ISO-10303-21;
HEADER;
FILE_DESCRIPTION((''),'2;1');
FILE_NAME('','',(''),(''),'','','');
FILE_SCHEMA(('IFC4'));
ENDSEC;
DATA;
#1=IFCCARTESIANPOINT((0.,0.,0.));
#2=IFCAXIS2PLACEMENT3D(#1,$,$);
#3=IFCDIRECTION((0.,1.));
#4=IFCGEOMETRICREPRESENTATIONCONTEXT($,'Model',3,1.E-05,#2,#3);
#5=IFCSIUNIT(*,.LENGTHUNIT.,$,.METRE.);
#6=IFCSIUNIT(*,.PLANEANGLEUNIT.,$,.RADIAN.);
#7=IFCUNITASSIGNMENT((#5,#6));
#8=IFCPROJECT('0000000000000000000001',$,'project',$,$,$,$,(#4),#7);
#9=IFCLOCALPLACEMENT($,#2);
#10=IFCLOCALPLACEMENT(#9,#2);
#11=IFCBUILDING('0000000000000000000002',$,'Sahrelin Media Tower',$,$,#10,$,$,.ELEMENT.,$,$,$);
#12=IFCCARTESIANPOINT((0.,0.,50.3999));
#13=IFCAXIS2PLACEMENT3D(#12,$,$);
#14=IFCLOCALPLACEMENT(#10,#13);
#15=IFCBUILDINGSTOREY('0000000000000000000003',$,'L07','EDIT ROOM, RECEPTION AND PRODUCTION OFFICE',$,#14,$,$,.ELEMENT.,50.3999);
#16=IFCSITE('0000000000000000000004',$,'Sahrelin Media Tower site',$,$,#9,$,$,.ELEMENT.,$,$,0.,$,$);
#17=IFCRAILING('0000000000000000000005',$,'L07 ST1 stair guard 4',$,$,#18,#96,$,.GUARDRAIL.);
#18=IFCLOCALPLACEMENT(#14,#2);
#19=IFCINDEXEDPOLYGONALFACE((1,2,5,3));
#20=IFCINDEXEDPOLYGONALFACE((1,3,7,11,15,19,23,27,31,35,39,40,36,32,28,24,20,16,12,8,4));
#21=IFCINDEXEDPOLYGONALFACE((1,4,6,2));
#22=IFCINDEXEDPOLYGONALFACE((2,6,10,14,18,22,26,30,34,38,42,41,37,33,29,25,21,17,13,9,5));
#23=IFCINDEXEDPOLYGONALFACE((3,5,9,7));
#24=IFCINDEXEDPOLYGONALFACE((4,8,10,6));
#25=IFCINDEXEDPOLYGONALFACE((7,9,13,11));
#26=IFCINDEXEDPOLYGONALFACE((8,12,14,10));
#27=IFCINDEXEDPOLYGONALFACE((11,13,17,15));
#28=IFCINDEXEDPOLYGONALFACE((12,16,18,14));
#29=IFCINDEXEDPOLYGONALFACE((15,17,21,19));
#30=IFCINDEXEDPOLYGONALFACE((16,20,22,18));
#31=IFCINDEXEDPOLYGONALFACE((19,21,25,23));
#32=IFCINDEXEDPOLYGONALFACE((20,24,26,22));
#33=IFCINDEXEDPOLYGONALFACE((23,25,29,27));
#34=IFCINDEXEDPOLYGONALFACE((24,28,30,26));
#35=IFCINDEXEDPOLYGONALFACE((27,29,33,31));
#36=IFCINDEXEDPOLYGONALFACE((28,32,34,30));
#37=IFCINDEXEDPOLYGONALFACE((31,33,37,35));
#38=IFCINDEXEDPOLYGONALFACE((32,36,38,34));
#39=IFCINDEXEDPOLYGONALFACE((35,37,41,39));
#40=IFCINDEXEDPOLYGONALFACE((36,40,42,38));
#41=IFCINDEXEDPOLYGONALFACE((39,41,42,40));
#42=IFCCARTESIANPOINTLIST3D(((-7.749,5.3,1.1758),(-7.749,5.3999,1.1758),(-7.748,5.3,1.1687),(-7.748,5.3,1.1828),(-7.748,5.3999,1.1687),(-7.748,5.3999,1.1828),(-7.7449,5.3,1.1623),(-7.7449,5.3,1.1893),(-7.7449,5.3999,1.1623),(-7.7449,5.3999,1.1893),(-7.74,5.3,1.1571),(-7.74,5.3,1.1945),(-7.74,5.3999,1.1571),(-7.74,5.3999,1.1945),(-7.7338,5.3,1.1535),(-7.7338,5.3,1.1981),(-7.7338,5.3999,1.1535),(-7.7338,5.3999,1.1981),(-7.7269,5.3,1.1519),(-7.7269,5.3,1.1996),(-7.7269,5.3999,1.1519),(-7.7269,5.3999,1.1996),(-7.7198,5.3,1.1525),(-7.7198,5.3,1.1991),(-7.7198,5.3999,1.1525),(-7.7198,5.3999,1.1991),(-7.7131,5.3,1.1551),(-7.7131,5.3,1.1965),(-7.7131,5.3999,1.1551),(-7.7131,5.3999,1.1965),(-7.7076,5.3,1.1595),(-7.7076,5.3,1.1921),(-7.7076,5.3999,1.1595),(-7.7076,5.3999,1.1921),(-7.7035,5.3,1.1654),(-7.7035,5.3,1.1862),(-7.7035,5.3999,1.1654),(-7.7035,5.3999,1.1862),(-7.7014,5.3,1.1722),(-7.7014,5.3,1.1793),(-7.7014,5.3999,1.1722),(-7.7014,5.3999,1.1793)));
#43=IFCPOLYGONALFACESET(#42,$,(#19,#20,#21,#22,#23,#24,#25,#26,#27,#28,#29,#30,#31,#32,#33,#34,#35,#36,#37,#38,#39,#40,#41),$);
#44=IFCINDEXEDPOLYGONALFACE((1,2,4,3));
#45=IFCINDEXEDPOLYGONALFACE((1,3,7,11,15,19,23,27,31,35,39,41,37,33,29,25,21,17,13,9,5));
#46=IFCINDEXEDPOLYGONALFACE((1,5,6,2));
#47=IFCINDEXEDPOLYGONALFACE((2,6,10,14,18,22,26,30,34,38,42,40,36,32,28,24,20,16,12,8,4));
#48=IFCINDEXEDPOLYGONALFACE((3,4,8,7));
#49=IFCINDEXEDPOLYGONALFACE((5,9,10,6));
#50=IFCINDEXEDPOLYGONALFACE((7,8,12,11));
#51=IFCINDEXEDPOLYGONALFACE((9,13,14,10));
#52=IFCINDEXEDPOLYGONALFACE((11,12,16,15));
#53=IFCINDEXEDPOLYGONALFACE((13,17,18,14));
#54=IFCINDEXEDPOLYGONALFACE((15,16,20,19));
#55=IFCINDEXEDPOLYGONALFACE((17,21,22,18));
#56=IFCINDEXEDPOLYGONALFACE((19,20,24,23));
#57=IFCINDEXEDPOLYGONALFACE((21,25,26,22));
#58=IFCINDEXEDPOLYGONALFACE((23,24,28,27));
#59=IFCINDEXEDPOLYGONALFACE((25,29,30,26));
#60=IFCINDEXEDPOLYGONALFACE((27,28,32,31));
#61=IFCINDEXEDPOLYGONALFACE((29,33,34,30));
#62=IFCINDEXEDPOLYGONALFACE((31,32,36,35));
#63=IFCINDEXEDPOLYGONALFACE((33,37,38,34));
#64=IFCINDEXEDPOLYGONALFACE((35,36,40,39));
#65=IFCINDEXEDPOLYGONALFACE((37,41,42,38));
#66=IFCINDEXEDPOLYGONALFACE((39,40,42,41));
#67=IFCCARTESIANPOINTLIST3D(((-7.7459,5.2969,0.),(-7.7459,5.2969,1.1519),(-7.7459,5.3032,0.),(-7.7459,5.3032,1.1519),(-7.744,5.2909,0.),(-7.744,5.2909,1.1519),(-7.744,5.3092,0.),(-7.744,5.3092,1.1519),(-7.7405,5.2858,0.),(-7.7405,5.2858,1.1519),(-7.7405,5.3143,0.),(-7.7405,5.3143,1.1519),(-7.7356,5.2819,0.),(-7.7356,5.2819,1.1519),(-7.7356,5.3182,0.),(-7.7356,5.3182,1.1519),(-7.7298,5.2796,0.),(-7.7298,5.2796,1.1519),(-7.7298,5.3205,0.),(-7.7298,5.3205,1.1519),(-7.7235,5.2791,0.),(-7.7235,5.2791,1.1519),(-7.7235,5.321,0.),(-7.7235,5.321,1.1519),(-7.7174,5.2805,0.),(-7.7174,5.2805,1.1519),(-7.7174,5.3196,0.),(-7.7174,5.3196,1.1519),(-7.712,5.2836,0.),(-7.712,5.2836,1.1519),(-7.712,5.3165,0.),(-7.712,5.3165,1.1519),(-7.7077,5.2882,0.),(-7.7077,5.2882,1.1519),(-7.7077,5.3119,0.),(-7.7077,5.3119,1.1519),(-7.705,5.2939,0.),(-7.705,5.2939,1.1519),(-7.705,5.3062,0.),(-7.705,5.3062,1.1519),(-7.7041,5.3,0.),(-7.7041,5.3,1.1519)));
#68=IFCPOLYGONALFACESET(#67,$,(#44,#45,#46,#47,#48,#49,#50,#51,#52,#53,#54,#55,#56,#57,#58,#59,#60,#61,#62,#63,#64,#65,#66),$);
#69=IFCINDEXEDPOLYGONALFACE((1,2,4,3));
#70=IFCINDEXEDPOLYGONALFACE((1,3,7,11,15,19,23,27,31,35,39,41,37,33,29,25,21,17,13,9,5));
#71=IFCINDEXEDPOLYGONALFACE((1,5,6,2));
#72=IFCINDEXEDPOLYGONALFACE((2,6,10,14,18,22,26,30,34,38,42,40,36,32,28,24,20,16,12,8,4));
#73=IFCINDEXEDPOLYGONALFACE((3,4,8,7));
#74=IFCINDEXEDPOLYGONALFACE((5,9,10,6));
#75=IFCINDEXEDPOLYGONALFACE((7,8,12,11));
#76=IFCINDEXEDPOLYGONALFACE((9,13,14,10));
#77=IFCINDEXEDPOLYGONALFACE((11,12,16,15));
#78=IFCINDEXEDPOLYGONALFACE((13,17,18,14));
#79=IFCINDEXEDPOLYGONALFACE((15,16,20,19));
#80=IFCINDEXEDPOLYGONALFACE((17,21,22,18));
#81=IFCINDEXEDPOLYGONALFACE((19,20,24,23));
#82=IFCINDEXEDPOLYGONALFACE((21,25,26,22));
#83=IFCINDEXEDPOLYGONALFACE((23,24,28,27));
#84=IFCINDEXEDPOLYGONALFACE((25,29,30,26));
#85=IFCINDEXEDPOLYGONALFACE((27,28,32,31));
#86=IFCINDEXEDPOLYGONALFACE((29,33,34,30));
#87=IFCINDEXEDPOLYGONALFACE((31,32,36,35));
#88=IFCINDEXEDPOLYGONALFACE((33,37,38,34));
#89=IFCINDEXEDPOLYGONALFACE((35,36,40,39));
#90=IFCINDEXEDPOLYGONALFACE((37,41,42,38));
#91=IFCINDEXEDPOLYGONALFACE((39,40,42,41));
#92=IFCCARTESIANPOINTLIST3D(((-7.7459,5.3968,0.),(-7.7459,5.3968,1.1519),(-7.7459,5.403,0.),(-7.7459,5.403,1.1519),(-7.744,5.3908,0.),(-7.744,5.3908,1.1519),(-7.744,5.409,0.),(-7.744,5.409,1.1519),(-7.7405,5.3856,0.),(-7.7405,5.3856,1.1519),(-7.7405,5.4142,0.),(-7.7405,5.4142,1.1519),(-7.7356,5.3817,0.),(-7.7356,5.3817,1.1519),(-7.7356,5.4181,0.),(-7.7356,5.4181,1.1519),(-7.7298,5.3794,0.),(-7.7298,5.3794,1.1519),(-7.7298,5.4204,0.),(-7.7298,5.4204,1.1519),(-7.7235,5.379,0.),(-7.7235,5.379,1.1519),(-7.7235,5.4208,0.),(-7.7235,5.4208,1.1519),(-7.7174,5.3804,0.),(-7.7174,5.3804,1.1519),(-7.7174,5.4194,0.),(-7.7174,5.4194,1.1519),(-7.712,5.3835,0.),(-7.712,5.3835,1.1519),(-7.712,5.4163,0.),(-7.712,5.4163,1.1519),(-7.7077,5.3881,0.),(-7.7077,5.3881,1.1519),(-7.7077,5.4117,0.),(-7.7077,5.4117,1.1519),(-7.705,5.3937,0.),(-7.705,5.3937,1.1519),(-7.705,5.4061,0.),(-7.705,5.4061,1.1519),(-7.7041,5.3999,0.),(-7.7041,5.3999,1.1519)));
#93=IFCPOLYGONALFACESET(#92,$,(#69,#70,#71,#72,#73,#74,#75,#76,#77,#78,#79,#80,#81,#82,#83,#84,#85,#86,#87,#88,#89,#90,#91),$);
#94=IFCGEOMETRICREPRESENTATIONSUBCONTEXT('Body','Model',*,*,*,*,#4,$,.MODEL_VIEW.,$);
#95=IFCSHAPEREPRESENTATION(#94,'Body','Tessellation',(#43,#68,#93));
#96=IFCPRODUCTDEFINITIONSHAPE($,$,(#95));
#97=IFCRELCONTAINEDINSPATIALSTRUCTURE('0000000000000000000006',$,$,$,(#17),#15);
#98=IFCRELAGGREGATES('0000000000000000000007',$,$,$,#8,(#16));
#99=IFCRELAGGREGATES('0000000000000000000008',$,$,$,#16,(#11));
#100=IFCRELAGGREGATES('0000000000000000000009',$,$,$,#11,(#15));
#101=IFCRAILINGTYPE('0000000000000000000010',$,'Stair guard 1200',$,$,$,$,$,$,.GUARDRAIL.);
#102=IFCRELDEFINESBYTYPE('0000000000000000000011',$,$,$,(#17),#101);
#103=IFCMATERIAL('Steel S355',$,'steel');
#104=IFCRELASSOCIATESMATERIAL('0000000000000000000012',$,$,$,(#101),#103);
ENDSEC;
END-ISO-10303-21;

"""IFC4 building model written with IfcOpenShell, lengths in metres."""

from ifc_helpers import new_model, si_unit, direction, frame, origin, origin_2d, place, context, subcontext, project, spatial, circle, extrude, material, type_object, element, save


model = new_model("IFC4")

# Units and contexts
model_context = context("Model", 3, precision=1e-05, world=origin(), true_north=direction((0.0, 1.0)))
body_context = subcontext(model_context, "Body", "Model", "MODEL_VIEW")
ifc_project = project(units=[si_unit("LENGTHUNIT", "METRE"), si_unit("PLANEANGLEUNIT", "RADIAN")], contexts=[model_context])

# Site, building, storey
site_placement = place(None, origin())
site = spatial("IfcSite", under=ifc_project, at=site_placement, Name="Sahrelin Media Tower site", CompositionType="ELEMENT", RefElevation=0.0)
building_placement = place(site_placement, origin())
building = spatial("IfcBuilding", under=site, at=building_placement, Name="Sahrelin Media Tower", CompositionType="ELEMENT")
storey_placement = place(building_placement, frame((0.0, 0.0, 50.3999)))
storey = spatial("IfcBuildingStorey", under=building, at=storey_placement, Name="L07", Description="EDIT ROOM, RECEPTION AND PRODUCTION OFFICE", CompositionType="ELEMENT", Elevation=50.3999)

# Shared definitions
ifc_material_1 = material(Name="Steel S355", Category="steel")

# Railing
railing_type_1 = type_object("IfcRailingType", Name="Stair guard 1200", PredefinedType="GUARDRAIL", material=ifc_material_1)
railing_1_placement = place(storey_placement, frame((-7.7251, 5.3, 0.0)))
element("IfcRailing", 1, at=railing_1_placement, inside=storey, type_object=railing_type_1, Name="L07 ST1 stair guard 4", PredefinedType="GUARDRAIL", context=body_context, shape_type="SweptSolid", body=[
    extrude(circle(Radius=0.0239, at=origin_2d()), frame((0.0, 0.0, 1.1758), z_axis=(0.0, 1.0, 0.0), x_axis=(-1.0, 0.0, 0.0)), (0.0, 0.0, 1.0), 0.0999),
    extrude(circle(Radius=0.021, at=origin_2d()), origin(), (0.0, 0.0, 1.0), 1.1519),
    extrude(circle(Radius=0.021, at=origin_2d()), frame((0.0, 0.0999, 0.0)), (0.0, 0.0, 1.0), 1.1519),
])

save(model, "model.ifc")
